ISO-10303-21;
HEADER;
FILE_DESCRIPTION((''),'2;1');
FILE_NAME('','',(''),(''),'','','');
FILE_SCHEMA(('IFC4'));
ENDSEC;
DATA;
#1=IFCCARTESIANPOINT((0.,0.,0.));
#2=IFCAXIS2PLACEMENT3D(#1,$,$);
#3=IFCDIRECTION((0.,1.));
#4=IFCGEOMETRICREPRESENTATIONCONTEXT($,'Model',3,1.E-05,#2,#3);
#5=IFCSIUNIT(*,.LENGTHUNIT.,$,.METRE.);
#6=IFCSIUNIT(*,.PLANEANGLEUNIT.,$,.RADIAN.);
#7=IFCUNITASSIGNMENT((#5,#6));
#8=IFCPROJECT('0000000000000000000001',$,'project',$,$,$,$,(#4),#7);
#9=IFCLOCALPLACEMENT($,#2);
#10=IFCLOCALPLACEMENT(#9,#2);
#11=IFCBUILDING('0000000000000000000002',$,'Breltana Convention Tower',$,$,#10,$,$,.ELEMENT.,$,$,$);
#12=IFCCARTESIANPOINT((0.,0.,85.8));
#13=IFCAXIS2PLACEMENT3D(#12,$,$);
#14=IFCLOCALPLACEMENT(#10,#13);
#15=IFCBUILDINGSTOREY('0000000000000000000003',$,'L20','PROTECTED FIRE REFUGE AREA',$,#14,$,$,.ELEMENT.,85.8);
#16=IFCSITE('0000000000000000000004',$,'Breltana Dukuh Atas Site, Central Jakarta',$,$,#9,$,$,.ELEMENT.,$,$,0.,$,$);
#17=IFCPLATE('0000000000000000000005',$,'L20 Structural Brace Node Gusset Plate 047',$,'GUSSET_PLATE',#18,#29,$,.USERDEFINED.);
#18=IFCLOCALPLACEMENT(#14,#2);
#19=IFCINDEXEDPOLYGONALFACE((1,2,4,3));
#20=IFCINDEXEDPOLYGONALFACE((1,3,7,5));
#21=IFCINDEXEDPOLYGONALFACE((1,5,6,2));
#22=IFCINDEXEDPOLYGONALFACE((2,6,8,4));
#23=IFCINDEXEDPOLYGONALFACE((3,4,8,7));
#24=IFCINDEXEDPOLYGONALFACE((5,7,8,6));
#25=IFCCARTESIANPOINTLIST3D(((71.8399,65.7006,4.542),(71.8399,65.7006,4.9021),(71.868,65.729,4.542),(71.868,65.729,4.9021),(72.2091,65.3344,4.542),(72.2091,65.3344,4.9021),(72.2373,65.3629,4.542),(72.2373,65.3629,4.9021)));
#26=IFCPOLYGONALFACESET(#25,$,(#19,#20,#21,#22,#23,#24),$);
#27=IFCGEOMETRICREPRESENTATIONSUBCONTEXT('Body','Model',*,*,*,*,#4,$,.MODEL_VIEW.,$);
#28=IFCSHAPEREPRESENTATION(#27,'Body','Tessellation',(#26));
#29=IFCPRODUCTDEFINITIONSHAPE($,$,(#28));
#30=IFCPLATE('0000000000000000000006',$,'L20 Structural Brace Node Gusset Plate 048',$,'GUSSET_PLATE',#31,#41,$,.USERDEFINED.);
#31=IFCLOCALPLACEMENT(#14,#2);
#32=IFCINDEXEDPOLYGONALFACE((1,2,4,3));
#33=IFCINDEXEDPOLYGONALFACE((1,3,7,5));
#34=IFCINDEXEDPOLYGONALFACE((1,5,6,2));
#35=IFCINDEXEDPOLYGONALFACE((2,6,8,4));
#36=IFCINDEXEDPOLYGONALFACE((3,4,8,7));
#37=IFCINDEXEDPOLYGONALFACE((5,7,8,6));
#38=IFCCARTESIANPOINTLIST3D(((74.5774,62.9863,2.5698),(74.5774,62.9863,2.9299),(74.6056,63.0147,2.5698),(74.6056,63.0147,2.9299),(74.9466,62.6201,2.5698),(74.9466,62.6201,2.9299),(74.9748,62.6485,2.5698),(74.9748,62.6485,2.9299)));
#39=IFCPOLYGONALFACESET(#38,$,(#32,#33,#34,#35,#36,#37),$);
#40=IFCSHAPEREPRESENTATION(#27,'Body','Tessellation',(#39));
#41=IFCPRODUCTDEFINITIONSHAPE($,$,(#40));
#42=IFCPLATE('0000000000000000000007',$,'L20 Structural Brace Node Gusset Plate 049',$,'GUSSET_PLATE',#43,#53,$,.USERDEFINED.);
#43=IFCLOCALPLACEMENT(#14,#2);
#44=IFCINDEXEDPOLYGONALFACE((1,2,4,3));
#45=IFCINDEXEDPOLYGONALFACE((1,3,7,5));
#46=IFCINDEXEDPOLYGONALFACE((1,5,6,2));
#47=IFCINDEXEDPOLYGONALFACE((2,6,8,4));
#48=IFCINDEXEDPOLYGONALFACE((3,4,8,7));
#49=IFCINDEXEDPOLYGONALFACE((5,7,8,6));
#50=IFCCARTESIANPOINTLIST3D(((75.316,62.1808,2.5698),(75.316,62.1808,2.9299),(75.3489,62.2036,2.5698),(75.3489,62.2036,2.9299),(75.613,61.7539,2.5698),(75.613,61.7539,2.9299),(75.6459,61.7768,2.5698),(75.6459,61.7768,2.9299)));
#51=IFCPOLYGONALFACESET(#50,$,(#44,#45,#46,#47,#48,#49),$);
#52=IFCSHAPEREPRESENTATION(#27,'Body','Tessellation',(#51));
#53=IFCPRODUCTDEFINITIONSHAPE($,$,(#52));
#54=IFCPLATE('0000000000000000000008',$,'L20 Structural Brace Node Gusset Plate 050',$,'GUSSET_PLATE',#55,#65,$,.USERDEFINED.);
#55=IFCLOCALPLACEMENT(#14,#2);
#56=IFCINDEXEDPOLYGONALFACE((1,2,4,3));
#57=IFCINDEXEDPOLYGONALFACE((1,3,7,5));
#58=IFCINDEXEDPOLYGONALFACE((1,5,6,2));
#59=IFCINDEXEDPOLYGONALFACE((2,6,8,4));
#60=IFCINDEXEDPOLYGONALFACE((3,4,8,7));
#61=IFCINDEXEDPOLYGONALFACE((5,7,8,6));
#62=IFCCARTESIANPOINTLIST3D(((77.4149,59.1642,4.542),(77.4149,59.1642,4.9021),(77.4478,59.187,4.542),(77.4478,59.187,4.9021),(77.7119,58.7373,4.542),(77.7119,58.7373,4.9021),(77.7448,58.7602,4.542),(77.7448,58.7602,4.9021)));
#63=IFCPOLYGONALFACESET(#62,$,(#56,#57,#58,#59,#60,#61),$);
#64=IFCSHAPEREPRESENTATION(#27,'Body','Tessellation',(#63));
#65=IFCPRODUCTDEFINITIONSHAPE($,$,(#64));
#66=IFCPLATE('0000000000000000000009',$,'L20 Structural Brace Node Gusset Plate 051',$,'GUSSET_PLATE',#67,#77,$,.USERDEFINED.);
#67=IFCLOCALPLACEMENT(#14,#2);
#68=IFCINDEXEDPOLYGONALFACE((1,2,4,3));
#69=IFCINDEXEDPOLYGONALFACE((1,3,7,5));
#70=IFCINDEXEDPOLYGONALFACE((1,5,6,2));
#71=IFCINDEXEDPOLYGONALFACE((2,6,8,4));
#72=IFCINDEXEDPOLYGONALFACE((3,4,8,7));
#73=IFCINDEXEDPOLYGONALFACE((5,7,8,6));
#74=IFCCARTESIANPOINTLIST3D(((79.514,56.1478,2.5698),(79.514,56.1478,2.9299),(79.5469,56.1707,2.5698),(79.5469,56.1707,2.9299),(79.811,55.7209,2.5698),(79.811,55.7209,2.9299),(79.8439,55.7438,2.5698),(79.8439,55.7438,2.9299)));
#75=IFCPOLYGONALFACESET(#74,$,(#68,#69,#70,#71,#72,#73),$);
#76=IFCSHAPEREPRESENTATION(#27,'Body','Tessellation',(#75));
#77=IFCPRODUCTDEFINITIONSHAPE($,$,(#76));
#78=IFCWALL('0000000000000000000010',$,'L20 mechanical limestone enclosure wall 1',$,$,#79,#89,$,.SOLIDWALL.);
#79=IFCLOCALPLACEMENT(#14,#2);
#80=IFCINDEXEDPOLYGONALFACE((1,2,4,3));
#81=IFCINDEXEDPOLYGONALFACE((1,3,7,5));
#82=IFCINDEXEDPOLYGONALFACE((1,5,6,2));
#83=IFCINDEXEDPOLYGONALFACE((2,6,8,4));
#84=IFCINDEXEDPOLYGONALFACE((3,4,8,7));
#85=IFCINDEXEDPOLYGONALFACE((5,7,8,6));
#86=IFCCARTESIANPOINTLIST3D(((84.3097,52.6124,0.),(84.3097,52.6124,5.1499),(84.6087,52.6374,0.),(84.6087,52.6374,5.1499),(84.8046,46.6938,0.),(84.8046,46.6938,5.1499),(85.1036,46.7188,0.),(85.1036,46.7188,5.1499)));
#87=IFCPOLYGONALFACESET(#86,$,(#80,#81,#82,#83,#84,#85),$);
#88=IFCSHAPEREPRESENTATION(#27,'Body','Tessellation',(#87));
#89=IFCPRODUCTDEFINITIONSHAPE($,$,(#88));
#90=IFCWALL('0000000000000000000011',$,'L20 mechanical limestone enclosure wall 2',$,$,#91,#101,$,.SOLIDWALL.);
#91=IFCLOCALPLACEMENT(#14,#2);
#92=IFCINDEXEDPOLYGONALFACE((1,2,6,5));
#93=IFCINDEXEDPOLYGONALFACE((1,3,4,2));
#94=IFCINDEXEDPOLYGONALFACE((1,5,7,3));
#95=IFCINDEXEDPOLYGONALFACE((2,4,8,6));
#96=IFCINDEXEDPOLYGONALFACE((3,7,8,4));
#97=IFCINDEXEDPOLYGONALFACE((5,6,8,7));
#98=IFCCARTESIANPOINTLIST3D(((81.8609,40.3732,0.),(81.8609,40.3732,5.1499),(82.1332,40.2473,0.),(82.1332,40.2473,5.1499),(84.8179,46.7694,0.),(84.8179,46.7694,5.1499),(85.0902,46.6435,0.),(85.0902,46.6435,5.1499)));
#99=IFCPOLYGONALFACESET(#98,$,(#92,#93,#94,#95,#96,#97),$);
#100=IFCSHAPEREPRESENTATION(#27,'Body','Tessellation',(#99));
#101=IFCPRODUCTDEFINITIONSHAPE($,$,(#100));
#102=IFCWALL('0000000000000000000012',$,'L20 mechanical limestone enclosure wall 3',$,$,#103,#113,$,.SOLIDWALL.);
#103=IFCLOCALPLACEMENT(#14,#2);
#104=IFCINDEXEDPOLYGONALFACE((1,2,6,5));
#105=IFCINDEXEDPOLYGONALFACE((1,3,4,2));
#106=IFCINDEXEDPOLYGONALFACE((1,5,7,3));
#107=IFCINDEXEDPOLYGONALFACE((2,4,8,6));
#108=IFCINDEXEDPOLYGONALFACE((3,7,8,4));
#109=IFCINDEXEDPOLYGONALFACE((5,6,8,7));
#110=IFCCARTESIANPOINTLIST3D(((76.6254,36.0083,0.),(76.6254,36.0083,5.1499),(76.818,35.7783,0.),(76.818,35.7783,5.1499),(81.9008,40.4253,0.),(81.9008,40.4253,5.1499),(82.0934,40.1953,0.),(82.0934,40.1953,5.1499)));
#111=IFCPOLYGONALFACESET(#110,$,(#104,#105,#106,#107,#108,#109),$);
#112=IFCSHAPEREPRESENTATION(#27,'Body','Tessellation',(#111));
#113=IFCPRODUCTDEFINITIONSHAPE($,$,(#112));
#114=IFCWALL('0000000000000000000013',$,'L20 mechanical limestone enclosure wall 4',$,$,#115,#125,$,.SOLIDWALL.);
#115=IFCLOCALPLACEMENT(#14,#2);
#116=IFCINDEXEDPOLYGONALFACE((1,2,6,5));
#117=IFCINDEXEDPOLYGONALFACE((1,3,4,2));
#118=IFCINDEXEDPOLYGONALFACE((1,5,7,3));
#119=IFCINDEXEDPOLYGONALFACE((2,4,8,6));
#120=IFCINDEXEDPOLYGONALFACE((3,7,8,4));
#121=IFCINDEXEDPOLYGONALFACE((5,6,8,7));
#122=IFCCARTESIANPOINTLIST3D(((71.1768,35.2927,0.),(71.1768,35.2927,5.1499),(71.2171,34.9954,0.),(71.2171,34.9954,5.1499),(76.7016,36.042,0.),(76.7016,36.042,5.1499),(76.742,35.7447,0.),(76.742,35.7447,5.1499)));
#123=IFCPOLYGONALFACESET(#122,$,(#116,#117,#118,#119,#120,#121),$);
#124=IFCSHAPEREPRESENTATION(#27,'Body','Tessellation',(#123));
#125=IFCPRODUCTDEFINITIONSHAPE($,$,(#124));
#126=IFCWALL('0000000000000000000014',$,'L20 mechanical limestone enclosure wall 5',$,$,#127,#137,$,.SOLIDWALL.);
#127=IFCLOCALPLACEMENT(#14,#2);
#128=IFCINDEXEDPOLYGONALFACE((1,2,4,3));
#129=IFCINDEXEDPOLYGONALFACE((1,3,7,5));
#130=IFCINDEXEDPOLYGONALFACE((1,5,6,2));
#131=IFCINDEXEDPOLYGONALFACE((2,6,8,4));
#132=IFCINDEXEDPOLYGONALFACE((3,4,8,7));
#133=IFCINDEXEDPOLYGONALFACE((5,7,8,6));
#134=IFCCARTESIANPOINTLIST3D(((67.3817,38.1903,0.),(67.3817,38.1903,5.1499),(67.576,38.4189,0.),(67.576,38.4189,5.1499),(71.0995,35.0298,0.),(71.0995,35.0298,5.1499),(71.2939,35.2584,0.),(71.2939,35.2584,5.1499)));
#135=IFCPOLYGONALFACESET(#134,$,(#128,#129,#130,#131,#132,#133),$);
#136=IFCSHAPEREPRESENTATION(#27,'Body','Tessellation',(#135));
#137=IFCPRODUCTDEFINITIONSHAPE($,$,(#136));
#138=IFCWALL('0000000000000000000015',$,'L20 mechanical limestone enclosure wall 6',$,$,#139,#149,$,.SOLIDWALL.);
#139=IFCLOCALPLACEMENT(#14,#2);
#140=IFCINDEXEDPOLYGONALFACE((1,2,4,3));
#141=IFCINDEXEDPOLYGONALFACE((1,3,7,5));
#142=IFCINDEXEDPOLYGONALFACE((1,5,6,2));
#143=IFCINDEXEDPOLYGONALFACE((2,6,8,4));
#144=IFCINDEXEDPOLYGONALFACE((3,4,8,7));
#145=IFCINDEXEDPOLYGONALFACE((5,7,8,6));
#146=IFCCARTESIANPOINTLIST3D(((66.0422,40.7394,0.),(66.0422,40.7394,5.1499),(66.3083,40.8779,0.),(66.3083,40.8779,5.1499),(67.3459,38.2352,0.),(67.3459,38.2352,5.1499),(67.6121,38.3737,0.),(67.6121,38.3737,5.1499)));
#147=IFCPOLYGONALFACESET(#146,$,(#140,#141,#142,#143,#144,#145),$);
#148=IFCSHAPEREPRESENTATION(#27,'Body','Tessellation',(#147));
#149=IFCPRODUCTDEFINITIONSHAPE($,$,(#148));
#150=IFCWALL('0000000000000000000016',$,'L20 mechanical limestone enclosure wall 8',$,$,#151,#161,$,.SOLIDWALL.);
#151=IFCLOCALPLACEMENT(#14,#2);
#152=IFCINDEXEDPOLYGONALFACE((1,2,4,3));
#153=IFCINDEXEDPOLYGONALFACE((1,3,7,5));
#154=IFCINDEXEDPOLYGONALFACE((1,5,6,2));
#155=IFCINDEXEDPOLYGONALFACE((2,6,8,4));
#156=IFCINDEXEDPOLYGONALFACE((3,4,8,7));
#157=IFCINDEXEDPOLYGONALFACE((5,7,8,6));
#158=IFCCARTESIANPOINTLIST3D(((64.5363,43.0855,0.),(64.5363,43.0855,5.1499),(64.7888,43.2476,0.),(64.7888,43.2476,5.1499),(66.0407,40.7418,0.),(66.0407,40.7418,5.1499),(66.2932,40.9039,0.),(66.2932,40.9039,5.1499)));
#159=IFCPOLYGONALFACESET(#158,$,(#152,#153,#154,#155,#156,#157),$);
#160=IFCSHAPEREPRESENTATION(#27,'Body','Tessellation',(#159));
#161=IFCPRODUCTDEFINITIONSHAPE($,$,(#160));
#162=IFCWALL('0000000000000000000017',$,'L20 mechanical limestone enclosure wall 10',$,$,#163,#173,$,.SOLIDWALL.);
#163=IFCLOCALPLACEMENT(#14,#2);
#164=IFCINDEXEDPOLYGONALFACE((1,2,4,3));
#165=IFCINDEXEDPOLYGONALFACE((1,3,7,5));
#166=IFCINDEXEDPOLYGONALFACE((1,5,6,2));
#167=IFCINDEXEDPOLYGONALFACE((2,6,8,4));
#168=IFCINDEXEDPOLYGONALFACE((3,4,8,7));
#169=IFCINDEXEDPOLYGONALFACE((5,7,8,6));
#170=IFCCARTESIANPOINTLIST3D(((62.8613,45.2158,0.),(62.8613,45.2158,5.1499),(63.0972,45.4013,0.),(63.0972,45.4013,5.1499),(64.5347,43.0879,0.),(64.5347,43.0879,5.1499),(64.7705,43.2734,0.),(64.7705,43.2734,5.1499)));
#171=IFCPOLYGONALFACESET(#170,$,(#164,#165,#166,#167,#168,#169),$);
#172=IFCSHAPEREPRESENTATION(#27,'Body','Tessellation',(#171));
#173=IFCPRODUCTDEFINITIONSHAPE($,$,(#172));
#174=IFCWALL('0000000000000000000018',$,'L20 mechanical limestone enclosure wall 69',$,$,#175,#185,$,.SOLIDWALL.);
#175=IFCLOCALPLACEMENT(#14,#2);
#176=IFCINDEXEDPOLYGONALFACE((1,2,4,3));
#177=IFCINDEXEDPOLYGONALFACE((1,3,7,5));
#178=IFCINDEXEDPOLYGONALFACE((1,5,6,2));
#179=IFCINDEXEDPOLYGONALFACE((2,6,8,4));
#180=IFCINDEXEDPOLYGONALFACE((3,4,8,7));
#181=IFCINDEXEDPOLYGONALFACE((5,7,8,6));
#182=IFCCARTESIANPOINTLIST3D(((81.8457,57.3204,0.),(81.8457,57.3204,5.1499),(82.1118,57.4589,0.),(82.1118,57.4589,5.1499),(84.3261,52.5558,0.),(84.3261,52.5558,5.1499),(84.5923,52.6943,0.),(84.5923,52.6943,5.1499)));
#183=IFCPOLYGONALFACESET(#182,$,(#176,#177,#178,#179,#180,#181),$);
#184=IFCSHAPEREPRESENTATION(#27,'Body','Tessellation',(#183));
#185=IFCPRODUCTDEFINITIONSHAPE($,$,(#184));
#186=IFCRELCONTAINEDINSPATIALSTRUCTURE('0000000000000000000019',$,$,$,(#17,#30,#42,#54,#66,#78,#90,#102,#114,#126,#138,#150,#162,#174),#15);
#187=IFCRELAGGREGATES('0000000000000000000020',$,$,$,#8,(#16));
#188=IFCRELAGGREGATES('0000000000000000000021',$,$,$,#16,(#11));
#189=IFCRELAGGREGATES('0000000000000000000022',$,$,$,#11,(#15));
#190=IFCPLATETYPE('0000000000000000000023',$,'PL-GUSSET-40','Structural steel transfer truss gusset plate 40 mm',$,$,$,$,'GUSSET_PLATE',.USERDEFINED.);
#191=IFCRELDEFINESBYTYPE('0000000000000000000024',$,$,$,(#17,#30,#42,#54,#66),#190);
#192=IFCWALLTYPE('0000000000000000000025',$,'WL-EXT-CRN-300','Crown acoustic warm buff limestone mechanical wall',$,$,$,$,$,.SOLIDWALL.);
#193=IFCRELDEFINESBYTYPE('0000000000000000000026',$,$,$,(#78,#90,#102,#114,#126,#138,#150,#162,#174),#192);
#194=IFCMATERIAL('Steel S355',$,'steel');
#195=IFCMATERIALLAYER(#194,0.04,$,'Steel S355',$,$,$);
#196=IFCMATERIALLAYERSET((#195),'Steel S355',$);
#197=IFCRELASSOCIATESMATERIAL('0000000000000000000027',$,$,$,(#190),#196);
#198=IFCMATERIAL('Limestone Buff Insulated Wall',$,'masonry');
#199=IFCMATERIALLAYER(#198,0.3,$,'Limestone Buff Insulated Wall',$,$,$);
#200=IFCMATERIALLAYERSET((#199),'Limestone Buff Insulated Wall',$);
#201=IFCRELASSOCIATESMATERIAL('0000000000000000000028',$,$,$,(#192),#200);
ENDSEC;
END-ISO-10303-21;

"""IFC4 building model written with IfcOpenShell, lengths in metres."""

from ifc_helpers import new_model, si_unit, direction, frame, frame_2d, origin, origin_2d, place, context, subcontext, project, spatial, rectangle, extrude, source, transform, mapped, material, layer, layer_set, type_object, type_shapes, element, save


model = new_model("IFC4")

# Units and contexts
model_context = context("Model", 3, precision=1e-05, world=origin(), true_north=direction((0.0, 1.0)))
body_context = subcontext(model_context, "Body", "Model", "MODEL_VIEW")
ifc_project = project(units=[si_unit("LENGTHUNIT", "METRE"), si_unit("PLANEANGLEUNIT", "RADIAN")], contexts=[model_context])

# Site, building, storey
site_placement = place(None, origin())
site = spatial("IfcSite", under=ifc_project, at=site_placement, Name="Breltana Dukuh Atas Site, Central Jakarta", CompositionType="ELEMENT", RefElevation=0.0)
building_placement = place(site_placement, origin())
building = spatial("IfcBuilding", under=site, at=building_placement, Name="Breltana Convention Tower", CompositionType="ELEMENT")
storey_placement = place(building_placement, frame((0.0, 0.0, 85.8)))
storey = spatial("IfcBuildingStorey", under=building, at=storey_placement, Name="L20", Description="PROTECTED FIRE REFUGE AREA", CompositionType="ELEMENT", Elevation=85.8)

# Plates
ifc_material_1 = material(Name="Steel S355", Category="steel")
ifc_layer_1 = layer(ifc_material_1, 0.04, Name="Steel S355")
ifc_layer_set_1 = layer_set([ifc_layer_1], Name="Steel S355")
plate_type = type_object("IfcPlateType", Name="PL-GUSSET-40", Description="Structural steel transfer truss gusset plate 40 mm", ElementType="GUSSET_PLATE", PredefinedType="USERDEFINED", material=ifc_layer_set_1)
shared_shape_1 = source(origin(), body_context, "Body", "SweptSolid", [
    extrude(rectangle(XDim=0.52, YDim=0.04, at=origin_2d()), origin(), (0.0, 0.0, 1.0), 0.3601),
])
for number, where, z_axis, x_axis, name in (
    (1, (72.0386, 65.5317, 4.542), (0.0, 0.0, 1.0), (0.710062, -0.704139, 0.0), "L20 Structural Brace Node Gusset Plate 047"),
    (2, (74.7761, 62.8174, 2.5698), (0.0, 0.0, 1.0), (0.710062, -0.704139, 0.0), "L20 Structural Brace Node Gusset Plate 048"),
    (3, (75.481, 61.9788, 2.5698), (0.0, 0.0, 1.0), (0.571143, -0.82085, 0.0), "L20 Structural Brace Node Gusset Plate 049"),
    (4, (77.5798, 58.9622, 4.542), (0.0, 0.0, 1.0), (0.571143, -0.82085, 0.0), "L20 Structural Brace Node Gusset Plate 050"),
    (5, (79.679, 55.9458, 2.5698), (0.0, 0.0, 1.0), (0.571143, -0.82085, 0.0), "L20 Structural Brace Node Gusset Plate 051"),
):
    element("IfcPlate", number, at=place(storey_placement, frame(where, z_axis=z_axis, x_axis=x_axis)), inside=storey, type_object=plate_type, Name=name, ObjectType="GUSSET_PLATE", PredefinedType="USERDEFINED", context=body_context, shape_type="MappedRepresentation", body=[
        mapped(shared_shape_1, transform((0.0, 0.0, 0.0), scale=1.0)),
    ])

# Walls
ifc_material_2 = material(Name="Limestone Buff Insulated Wall", Category="masonry")
ifc_layer_2 = layer(ifc_material_2, 0.3, Name="Limestone Buff Insulated Wall")
ifc_layer_set_2 = layer_set([ifc_layer_2], Name="Limestone Buff Insulated Wall")
wall_type = type_object("IfcWallType", Name="WL-EXT-CRN-300", Description="Crown acoustic warm buff limestone mechanical wall", PredefinedType="SOLIDWALL", material=ifc_layer_set_2)
shared_shape_2 = source(origin(), body_context, "Body", "SweptSolid", [
    extrude(rectangle(XDim=5.9392, YDim=0.3, at=frame_2d((2.9697, 0.0))), origin(), (0.0, 0.0, 1.0), 5.1499),
])
type_shapes(wall_type, [shared_shape_2])
wall_1_placement = place(storey_placement, frame((84.4592, 52.625, 0.0), z_axis=(0.0, 0.0, 1.0), x_axis=(0.083324, -0.996522, 0.0)))
element("IfcWall", 6, at=wall_1_placement, inside=storey, type_object=wall_type, Name="L20 mechanical limestone enclosure wall 1", PredefinedType="SOLIDWALL", context=body_context, shape_type="MappedRepresentation", body=[
    mapped(shared_shape_2, transform((0.0, 0.0, 0.0), scale=1.0)),
])
shared_shape_3 = source(origin(), body_context, "Body", "SweptSolid", [
    extrude(rectangle(XDim=7.0466, YDim=0.3, at=frame_2d((3.5234, 0.0))), origin(), (0.0, 0.0, 1.0), 5.1499),
])
wall_2_placement = place(storey_placement, frame((84.9541, 46.7065, 0.0), z_axis=(0.0, 0.0, 1.0), x_axis=(-0.419634, -0.907694, 0.0)))
element("IfcWall", 7, at=wall_2_placement, inside=storey, type_object=wall_type, Name="L20 mechanical limestone enclosure wall 2", PredefinedType="SOLIDWALL", context=body_context, shape_type="MappedRepresentation", body=[
    mapped(shared_shape_3, transform((0.0, 0.0, 0.0), scale=1.0)),
])
shared_shape_4 = source(origin(), body_context, "Body", "SweptSolid", [
    extrude(rectangle(XDim=6.8804, YDim=0.3, at=frame_2d((3.4402, 0.0))), origin(), (0.0, 0.0, 1.0), 5.1499),
])
wall_3_placement = place(storey_placement, frame((81.9971, 40.3103, 0.0), z_axis=(0.0, 0.0, 1.0), x_axis=(-0.76673, -0.64197, 0.0)))
element("IfcWall", 8, at=wall_3_placement, inside=storey, type_object=wall_type, Name="L20 mechanical limestone enclosure wall 3", PredefinedType="SOLIDWALL", context=body_context, shape_type="MappedRepresentation", body=[
    mapped(shared_shape_4, transform((0.0, 0.0, 0.0), scale=1.0)),
])
shared_shape_5 = source(origin(), body_context, "Body", "SweptSolid", [
    extrude(rectangle(XDim=5.5754, YDim=0.3, at=frame_2d((2.7876, 0.0))), origin(), (0.0, 0.0, 1.0), 5.1499),
])
wall_4_placement = place(storey_placement, frame((76.7217, 35.8933, 0.0), z_axis=(0.0, 0.0, 1.0), x_axis=(-0.990929, -0.134386, 0.0)))
element("IfcWall", 9, at=wall_4_placement, inside=storey, type_object=wall_type, Name="L20 mechanical limestone enclosure wall 4", PredefinedType="SOLIDWALL", context=body_context, shape_type="MappedRepresentation", body=[
    mapped(shared_shape_5, transform((0.0, 0.0, 0.0), scale=1.0)),
])
shared_shape_6 = source(origin(), body_context, "Body", "SweptSolid", [
    extrude(rectangle(XDim=4.8796, YDim=0.3, at=frame_2d((2.4399, 0.0))), origin(), (0.0, 0.0, 1.0), 5.1499),
])
wall_5_placement = place(storey_placement, frame((71.1968, 35.144, 0.0), z_axis=(0.0, 0.0, 1.0), x_axis=(-0.76191, 0.647683, 0.0)))
element("IfcWall", 10, at=wall_5_placement, inside=storey, type_object=wall_type, Name="L20 mechanical limestone enclosure wall 5", PredefinedType="SOLIDWALL", context=body_context, shape_type="MappedRepresentation", body=[
    mapped(shared_shape_6, transform((0.0, 0.0, 0.0), scale=1.0)),
])
shared_shape_7 = source(origin(), body_context, "Body", "SweptSolid", [
    extrude(rectangle(XDim=2.8232, YDim=0.3, at=frame_2d((1.4116, 0.0))), origin(), (0.0, 0.0, 1.0), 5.1499),
])
wall_6_placement = place(storey_placement, frame((67.479, 38.3044, 0.0), z_axis=(0.0, 0.0, 1.0), x_axis=(-0.461786, 0.886992, 0.0)))
element("IfcWall", 11, at=wall_6_placement, inside=storey, type_object=wall_type, Name="L20 mechanical limestone enclosure wall 6", PredefinedType="SOLIDWALL", context=body_context, shape_type="MappedRepresentation", body=[
    mapped(shared_shape_7, transform((0.0, 0.0, 0.0), scale=1.0)),
])
shared_shape_8 = source(origin(), body_context, "Body", "SweptSolid", [
    extrude(rectangle(XDim=2.7849, YDim=0.3, at=frame_2d((1.3926, 0.0))), origin(), (0.0, 0.0, 1.0), 5.1499),
])
wall_7_placement = place(storey_placement, frame((66.167, 40.8228, 0.0), z_axis=(0.0, 0.0, 1.0), x_axis=(-0.540173, 0.841554, 0.0)))
element("IfcWall", 12, at=wall_7_placement, inside=storey, type_object=wall_type, Name="L20 mechanical limestone enclosure wall 8", PredefinedType="SOLIDWALL", context=body_context, shape_type="MappedRepresentation", body=[
    mapped(shared_shape_8, transform((0.0, 0.0, 0.0), scale=1.0)),
])
shared_shape_9 = source(origin(), body_context, "Body", "SweptSolid", [
    extrude(rectangle(XDim=2.707, YDim=0.3, at=frame_2d((1.3535, 0.0))), origin(), (0.0, 0.0, 1.0), 5.1499),
])
wall_8_placement = place(storey_placement, frame((64.6526, 43.1807, 0.0), z_axis=(0.0, 0.0, 1.0), x_axis=(-0.61814, 0.786068, 0.0)))
element("IfcWall", 13, at=wall_8_placement, inside=storey, type_object=wall_type, Name="L20 mechanical limestone enclosure wall 10", PredefinedType="SOLIDWALL", context=body_context, shape_type="MappedRepresentation", body=[
    mapped(shared_shape_9, transform((0.0, 0.0, 0.0), scale=1.0)),
])
shared_shape_10 = source(origin(), body_context, "Body", "SweptSolid", [
    extrude(rectangle(XDim=5.3716, YDim=0.3, at=frame_2d((2.6858, 0.0))), origin(), (0.0, 0.0, 1.0), 5.1499),
])
wall_9_placement = place(storey_placement, frame((81.9788, 57.3896, 0.0), z_axis=(0.0, 0.0, 1.0), x_axis=(0.461771, -0.886999, 0.0)))
element("IfcWall", 14, at=wall_9_placement, inside=storey, type_object=wall_type, Name="L20 mechanical limestone enclosure wall 69", PredefinedType="SOLIDWALL", context=body_context, shape_type="MappedRepresentation", body=[
    mapped(shared_shape_10, transform((0.0, 0.0, 0.0), scale=1.0)),
])

save(model, "model.ifc")
